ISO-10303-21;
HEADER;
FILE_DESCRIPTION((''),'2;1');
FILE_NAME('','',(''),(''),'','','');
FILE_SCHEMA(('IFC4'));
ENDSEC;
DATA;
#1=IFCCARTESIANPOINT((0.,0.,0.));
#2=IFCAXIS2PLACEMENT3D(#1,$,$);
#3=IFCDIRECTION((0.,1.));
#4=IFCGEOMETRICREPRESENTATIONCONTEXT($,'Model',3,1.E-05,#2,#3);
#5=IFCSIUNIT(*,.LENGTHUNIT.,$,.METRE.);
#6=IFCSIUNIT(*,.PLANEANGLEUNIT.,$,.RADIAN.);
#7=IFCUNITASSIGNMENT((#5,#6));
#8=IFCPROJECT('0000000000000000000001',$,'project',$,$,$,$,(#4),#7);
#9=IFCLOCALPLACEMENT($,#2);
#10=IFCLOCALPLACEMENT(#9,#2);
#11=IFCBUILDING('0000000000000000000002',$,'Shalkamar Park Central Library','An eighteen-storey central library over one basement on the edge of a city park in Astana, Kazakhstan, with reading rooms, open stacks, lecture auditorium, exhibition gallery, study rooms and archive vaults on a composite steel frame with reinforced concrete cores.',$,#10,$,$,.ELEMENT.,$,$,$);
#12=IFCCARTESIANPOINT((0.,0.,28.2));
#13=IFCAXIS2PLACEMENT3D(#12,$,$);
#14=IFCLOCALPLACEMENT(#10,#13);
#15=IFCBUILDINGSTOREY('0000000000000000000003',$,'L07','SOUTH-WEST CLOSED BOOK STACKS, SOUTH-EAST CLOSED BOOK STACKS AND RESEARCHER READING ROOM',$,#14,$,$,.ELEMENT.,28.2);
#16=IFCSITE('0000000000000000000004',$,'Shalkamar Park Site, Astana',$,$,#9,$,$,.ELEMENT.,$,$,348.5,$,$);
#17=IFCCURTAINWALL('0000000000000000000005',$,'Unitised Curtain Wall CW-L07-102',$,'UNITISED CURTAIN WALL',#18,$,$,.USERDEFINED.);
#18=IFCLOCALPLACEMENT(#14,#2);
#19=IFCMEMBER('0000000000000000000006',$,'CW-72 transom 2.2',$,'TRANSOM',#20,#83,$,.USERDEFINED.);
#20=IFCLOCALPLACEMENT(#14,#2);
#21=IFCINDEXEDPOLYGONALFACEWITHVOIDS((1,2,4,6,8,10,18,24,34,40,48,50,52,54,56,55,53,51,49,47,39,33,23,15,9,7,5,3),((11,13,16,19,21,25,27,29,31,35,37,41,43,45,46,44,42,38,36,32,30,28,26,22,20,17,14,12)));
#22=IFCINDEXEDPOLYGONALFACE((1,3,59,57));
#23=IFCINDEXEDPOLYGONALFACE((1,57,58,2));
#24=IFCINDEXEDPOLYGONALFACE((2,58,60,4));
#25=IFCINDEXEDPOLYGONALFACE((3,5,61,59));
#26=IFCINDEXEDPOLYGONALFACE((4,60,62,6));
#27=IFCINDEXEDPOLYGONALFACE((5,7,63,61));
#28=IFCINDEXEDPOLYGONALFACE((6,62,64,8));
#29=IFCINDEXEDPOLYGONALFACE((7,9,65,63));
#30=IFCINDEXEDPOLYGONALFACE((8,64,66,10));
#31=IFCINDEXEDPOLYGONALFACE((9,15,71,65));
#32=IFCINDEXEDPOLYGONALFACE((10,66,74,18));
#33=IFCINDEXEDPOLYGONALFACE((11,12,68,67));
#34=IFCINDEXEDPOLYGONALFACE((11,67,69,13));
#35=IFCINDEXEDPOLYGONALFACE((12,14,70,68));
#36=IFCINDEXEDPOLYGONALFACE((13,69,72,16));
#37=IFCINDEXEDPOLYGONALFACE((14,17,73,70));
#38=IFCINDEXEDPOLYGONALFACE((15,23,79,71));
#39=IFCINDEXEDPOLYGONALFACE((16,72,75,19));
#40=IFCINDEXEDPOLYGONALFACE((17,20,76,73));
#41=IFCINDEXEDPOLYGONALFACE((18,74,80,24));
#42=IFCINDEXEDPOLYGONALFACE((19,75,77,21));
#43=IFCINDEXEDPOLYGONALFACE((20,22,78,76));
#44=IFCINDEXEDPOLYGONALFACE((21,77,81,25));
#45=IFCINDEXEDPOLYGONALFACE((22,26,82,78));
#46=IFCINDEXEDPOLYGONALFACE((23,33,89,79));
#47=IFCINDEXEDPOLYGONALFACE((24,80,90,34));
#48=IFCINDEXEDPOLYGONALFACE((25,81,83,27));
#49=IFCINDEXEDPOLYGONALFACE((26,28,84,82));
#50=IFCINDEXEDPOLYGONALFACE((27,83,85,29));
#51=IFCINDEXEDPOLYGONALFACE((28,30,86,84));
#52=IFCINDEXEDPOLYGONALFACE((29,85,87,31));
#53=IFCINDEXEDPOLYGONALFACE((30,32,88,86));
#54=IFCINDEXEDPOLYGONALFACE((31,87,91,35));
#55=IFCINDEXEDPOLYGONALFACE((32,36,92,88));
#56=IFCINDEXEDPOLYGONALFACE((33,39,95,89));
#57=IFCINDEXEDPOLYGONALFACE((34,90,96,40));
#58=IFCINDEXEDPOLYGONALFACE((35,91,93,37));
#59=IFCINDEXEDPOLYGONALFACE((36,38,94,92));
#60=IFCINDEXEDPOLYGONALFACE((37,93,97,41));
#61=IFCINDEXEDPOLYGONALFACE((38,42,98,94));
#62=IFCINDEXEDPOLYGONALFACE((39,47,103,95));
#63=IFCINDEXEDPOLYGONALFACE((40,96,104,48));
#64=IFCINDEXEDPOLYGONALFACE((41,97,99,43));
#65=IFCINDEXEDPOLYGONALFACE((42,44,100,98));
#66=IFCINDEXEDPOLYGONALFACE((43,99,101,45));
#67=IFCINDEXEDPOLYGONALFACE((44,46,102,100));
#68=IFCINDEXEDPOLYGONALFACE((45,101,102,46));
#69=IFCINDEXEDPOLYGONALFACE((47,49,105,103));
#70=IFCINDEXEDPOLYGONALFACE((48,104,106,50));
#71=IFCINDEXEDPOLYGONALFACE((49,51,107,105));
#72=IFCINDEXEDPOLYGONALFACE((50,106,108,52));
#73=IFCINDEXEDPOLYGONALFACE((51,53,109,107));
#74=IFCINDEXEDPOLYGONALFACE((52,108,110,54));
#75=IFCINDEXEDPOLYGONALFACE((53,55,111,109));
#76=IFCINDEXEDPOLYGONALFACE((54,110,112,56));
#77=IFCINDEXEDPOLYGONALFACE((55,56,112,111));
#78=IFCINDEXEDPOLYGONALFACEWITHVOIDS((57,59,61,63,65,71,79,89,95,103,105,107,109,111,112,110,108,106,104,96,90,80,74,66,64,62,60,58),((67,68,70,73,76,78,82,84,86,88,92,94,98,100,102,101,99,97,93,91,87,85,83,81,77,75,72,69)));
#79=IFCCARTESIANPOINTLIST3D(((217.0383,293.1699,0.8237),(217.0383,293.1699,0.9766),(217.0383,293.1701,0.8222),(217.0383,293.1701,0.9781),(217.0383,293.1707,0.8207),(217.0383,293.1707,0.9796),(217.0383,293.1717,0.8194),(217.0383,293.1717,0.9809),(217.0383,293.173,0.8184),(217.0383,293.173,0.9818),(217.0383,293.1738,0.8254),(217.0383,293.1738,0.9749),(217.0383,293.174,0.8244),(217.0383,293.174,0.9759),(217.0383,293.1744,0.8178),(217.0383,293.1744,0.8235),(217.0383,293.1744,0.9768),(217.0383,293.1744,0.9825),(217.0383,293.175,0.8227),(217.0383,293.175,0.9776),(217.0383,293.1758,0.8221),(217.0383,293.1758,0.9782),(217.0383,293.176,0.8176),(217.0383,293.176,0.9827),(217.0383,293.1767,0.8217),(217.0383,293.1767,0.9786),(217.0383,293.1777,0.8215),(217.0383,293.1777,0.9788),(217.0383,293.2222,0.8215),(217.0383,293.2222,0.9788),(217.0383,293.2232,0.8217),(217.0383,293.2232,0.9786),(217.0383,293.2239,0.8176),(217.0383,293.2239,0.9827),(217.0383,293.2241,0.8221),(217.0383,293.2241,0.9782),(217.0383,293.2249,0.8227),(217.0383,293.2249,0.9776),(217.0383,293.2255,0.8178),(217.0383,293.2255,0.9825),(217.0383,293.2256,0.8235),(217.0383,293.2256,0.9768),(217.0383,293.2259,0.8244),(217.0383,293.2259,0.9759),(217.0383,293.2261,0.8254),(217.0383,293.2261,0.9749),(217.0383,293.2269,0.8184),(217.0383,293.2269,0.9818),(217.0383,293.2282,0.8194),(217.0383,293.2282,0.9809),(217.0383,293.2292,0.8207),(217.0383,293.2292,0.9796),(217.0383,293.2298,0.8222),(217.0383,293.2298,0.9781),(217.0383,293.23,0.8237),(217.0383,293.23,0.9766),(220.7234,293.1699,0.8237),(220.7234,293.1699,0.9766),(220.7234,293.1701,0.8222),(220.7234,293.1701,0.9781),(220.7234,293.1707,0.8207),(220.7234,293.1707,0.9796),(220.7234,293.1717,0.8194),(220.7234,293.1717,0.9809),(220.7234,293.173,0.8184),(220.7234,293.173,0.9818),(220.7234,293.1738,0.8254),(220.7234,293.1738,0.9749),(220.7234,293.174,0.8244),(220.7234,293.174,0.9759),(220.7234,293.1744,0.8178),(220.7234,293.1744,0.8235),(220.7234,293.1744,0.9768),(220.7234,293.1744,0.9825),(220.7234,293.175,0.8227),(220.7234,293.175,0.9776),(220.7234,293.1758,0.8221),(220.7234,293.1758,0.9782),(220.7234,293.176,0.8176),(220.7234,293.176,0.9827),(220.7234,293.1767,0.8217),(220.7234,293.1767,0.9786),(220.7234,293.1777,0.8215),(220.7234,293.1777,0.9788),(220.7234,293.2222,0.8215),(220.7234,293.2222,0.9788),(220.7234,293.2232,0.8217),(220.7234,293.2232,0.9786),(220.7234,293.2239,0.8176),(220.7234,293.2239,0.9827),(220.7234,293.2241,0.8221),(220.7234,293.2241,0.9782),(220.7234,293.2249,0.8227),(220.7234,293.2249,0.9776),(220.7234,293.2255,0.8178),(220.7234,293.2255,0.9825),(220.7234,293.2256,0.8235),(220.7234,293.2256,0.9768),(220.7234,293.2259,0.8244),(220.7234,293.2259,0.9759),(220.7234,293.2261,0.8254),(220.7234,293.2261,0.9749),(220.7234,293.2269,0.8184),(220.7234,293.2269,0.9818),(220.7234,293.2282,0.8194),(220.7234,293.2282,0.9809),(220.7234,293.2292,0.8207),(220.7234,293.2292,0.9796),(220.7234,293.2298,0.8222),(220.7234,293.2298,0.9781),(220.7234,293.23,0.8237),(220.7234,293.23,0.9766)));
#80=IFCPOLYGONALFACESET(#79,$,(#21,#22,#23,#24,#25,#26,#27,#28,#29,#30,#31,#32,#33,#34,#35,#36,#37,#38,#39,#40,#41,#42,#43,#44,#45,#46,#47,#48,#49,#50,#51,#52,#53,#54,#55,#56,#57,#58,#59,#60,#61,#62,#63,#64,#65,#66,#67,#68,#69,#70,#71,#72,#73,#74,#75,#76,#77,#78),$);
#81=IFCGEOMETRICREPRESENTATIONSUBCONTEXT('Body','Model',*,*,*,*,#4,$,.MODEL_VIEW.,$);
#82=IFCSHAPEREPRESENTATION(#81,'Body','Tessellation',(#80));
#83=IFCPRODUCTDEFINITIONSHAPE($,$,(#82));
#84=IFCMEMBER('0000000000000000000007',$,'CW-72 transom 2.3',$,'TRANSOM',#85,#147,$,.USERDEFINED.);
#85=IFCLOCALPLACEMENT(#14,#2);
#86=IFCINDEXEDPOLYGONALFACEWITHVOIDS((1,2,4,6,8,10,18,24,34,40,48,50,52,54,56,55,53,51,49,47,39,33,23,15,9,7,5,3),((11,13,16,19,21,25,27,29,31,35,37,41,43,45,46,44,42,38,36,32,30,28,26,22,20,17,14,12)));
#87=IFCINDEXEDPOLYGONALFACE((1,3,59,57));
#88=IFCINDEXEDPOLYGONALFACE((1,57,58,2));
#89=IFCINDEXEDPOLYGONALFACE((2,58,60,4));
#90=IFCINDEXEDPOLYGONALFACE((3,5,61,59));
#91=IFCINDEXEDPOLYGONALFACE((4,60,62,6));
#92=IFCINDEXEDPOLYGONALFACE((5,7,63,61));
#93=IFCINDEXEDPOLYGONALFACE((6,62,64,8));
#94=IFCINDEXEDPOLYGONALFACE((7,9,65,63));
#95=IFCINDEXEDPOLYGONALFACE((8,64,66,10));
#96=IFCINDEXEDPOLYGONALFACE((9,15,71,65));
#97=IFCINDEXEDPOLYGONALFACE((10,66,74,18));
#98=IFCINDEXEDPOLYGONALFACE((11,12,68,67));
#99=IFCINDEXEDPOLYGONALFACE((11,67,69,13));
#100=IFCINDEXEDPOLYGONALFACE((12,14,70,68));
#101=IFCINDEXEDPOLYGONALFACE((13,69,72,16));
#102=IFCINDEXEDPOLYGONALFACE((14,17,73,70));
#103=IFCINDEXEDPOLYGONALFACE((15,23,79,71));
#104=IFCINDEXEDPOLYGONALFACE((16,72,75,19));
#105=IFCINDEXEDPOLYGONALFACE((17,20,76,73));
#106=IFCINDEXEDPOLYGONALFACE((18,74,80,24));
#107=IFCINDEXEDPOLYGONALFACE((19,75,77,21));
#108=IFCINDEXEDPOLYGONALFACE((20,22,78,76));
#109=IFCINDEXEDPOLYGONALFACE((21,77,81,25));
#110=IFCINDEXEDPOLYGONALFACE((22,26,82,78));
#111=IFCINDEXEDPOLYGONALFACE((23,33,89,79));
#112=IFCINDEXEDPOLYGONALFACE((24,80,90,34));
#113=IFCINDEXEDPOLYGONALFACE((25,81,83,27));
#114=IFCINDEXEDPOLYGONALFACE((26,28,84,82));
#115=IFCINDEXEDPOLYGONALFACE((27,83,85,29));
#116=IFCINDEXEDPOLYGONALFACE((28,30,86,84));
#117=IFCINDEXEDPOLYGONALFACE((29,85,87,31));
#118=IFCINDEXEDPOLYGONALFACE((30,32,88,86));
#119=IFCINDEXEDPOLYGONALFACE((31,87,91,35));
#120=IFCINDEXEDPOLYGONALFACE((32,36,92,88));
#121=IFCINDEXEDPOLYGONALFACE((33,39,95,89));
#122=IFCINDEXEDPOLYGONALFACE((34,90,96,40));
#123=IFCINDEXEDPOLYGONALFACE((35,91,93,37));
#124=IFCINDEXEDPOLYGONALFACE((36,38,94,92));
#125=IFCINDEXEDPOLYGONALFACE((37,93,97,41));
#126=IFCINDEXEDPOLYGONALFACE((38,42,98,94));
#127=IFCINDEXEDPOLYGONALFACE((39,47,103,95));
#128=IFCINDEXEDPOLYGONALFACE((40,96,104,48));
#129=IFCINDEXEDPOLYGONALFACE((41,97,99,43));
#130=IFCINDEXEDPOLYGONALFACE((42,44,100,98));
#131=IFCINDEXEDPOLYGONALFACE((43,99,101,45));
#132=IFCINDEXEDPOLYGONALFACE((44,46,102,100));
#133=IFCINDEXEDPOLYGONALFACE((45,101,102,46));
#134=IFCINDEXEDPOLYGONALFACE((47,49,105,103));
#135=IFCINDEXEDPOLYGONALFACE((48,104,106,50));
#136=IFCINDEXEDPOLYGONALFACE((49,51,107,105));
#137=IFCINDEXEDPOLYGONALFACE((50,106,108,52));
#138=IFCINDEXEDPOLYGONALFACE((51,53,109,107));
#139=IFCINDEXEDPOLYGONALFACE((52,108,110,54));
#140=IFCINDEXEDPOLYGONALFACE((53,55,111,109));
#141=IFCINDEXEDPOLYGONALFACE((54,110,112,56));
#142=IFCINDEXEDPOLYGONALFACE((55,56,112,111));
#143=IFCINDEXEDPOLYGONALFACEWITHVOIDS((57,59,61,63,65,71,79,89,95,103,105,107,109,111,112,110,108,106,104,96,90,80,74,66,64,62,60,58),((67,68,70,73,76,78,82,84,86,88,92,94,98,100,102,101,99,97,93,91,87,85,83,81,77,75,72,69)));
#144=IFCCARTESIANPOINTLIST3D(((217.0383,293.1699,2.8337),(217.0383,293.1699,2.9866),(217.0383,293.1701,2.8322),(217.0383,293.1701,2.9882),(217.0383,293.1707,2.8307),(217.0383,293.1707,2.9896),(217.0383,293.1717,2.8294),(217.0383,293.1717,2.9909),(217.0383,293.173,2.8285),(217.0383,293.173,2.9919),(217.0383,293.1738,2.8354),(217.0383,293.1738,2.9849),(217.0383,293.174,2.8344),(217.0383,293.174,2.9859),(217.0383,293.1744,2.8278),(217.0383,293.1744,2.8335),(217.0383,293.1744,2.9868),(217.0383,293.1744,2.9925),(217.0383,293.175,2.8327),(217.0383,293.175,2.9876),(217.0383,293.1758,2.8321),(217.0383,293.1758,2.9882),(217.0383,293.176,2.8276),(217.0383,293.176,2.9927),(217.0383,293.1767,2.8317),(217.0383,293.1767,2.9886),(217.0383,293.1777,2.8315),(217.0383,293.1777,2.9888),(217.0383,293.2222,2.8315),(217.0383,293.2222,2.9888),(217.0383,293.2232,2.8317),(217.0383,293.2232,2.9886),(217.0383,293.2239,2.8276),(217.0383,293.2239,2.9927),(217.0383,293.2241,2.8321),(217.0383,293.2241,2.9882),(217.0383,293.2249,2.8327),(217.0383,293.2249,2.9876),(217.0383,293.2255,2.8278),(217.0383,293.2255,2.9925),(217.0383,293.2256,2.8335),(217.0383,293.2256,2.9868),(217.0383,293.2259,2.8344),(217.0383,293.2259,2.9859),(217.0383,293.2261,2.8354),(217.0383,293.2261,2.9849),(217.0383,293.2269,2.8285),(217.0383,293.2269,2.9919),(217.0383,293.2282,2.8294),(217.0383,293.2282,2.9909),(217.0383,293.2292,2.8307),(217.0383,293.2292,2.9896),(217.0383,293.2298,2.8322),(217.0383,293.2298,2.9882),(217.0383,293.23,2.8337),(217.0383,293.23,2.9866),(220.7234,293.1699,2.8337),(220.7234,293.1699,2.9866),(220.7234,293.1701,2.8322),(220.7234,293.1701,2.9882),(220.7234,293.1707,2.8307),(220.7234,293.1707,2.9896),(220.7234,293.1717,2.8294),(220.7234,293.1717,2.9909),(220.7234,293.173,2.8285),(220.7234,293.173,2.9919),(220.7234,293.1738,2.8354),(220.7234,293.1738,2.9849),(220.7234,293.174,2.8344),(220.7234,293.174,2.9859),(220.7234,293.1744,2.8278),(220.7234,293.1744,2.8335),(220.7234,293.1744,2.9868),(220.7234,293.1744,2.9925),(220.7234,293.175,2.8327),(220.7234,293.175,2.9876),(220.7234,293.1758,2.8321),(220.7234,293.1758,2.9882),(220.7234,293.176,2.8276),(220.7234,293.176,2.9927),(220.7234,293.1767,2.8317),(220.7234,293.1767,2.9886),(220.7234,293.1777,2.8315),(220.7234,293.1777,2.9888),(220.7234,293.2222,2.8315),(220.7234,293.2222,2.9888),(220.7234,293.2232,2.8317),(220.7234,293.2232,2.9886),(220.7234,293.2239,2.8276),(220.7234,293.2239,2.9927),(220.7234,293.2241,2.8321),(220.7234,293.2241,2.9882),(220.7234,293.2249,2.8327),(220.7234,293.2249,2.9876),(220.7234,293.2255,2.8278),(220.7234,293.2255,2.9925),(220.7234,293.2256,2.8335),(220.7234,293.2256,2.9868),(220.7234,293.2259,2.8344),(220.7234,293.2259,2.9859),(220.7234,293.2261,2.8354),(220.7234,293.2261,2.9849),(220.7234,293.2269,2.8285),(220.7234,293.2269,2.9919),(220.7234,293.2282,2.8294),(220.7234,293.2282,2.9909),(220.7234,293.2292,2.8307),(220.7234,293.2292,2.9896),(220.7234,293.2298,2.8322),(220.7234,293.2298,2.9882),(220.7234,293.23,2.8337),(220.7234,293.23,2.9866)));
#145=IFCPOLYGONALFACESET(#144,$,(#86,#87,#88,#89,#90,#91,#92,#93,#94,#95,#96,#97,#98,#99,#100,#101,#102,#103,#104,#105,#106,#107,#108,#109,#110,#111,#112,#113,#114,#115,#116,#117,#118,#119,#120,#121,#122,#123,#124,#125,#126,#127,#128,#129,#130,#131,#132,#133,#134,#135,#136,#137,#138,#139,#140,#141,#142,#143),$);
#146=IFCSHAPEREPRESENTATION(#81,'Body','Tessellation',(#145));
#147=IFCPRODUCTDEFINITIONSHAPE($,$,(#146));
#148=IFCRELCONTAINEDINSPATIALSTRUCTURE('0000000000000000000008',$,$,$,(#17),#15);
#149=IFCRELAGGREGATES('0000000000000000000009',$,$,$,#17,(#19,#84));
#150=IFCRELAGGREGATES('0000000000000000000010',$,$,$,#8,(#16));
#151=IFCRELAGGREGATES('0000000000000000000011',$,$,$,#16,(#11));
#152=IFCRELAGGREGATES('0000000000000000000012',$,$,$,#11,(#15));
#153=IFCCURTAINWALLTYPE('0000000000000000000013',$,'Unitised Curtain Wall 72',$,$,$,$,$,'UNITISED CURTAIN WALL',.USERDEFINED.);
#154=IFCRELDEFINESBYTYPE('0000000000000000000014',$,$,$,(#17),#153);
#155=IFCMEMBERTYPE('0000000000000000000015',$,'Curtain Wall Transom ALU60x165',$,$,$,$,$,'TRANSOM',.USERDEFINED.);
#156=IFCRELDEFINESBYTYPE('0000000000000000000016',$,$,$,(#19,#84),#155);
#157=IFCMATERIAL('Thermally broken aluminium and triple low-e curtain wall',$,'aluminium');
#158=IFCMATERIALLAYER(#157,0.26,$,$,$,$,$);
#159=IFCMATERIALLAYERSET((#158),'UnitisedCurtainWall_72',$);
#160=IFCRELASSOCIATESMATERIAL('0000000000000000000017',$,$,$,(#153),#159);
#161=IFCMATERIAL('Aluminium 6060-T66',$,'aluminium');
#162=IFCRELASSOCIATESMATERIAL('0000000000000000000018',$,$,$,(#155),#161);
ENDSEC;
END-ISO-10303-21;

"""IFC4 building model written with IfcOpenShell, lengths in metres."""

from ifc_helpers import new_model, si_unit, direction, frame, origin, origin_2d, place, context, subcontext, project, spatial, hollow_rectangle, extrude, material, layer, layer_set, material_profile, profile_set, type_object, element, aggregate, save


model = new_model("IFC4")

# Units and contexts
model_context = context("Model", 3, precision=1e-05, world=origin(), true_north=direction((0.0, 1.0)))
body_context = subcontext(model_context, "Body", "Model", "MODEL_VIEW")
ifc_project = project(units=[si_unit("LENGTHUNIT", "METRE"), si_unit("PLANEANGLEUNIT", "RADIAN")], contexts=[model_context])

# Site, building, storey
site_placement = place(None, origin())
site = spatial("IfcSite", under=ifc_project, at=site_placement, Name="Shalkamar Park Site, Astana", CompositionType="ELEMENT", RefElevation=348.5)
building_placement = place(site_placement, origin())
building = spatial("IfcBuilding", under=site, at=building_placement, Name="Shalkamar Park Central Library", Description="An eighteen-storey central library over one basement on the edge of a city park in Astana, Kazakhstan, with reading rooms, open stacks, lecture auditorium, exhibition gallery, study rooms and archive vaults on a composite steel frame with reinforced concrete cores.", CompositionType="ELEMENT")
storey_placement = place(building_placement, frame((0.0, 0.0, 28.2)))
storey = spatial("IfcBuildingStorey", under=building, at=storey_placement, Name="L07", Description="SOUTH-WEST CLOSED BOOK STACKS, SOUTH-EAST CLOSED BOOK STACKS AND RESEARCHER READING ROOM", CompositionType="ELEMENT", Elevation=28.2)

# Shared definitions
ifc_material_1 = material(Name="Thermally broken aluminium and triple low-e curtain wall", Category="aluminium")
ifc_material_2 = material(Name="Aluminium 6060-T66", Category="aluminium")

# Curtain wall
ifc_layer_1 = layer(ifc_material_1, 0.26)
ifc_layer_set_1 = layer_set([ifc_layer_1], Name="UnitisedCurtainWall_72")
curtain_wall_type_1 = type_object("IfcCurtainWallType", Name="Unitised Curtain Wall 72", ElementType="UNITISED CURTAIN WALL", PredefinedType="USERDEFINED", material=ifc_layer_set_1)
curtain_wall_1_placement = place(storey_placement, origin())
curtain_wall_1 = element("IfcCurtainWall", 1, at=curtain_wall_1_placement, inside=storey, type_object=curtain_wall_type_1, Name="Unitised Curtain Wall CW-L07-102", ObjectType="UNITISED CURTAIN WALL", PredefinedType="USERDEFINED")

# Members
ifc_material_profile_1 = material_profile(ifc_material_2, hollow_rectangle(XDim=0.0601, YDim=0.165, WallThickness=0.0039, InnerFilletRadius=0.0039, OuterFilletRadius=0.0061, at=origin_2d()), Name="ALU 60x165x4")
ifc_profile_set_1 = profile_set([ifc_material_profile_1], Name="Aluminium 6060-T66")
member_type_1 = type_object("IfcMemberType", Name="Curtain Wall Transom ALU60x165", ElementType="TRANSOM", PredefinedType="USERDEFINED", material=ifc_profile_set_1)
member_1_placement = place(storey_placement, frame((217.0383, 293.2, 0.9001), z_axis=(1.0, 0.0, 0.0), x_axis=(0.0, 1.0, 0.0)))
member_1 = element("IfcMember", 2, at=member_1_placement, type_object=member_type_1, Name="CW-72 transom 2.2", ObjectType="TRANSOM", PredefinedType="USERDEFINED", context=body_context, shape_type="SweptSolid", body=[
    extrude(hollow_rectangle(XDim=0.0601, YDim=0.165, WallThickness=0.0039, InnerFilletRadius=0.0039, OuterFilletRadius=0.0061, at=origin_2d()), origin(), (0.0, 0.0, 1.0), 3.6851),
])
member_2_placement = place(storey_placement, frame((217.0383, 293.2, 2.9102), z_axis=(1.0, 0.0, 0.0), x_axis=(0.0, 1.0, 0.0)))
member_2 = element("IfcMember", 3, at=member_2_placement, type_object=member_type_1, Name="CW-72 transom 2.3", ObjectType="TRANSOM", PredefinedType="USERDEFINED", context=body_context, shape_type="SweptSolid", body=[
    extrude(hollow_rectangle(XDim=0.0601, YDim=0.165, WallThickness=0.0039, InnerFilletRadius=0.0039, OuterFilletRadius=0.0061, at=origin_2d()), origin(), (0.0, 0.0, 1.0), 3.6851),
])

aggregate(curtain_wall_1, [member_1, member_2])

save(model, "model.ifc")
